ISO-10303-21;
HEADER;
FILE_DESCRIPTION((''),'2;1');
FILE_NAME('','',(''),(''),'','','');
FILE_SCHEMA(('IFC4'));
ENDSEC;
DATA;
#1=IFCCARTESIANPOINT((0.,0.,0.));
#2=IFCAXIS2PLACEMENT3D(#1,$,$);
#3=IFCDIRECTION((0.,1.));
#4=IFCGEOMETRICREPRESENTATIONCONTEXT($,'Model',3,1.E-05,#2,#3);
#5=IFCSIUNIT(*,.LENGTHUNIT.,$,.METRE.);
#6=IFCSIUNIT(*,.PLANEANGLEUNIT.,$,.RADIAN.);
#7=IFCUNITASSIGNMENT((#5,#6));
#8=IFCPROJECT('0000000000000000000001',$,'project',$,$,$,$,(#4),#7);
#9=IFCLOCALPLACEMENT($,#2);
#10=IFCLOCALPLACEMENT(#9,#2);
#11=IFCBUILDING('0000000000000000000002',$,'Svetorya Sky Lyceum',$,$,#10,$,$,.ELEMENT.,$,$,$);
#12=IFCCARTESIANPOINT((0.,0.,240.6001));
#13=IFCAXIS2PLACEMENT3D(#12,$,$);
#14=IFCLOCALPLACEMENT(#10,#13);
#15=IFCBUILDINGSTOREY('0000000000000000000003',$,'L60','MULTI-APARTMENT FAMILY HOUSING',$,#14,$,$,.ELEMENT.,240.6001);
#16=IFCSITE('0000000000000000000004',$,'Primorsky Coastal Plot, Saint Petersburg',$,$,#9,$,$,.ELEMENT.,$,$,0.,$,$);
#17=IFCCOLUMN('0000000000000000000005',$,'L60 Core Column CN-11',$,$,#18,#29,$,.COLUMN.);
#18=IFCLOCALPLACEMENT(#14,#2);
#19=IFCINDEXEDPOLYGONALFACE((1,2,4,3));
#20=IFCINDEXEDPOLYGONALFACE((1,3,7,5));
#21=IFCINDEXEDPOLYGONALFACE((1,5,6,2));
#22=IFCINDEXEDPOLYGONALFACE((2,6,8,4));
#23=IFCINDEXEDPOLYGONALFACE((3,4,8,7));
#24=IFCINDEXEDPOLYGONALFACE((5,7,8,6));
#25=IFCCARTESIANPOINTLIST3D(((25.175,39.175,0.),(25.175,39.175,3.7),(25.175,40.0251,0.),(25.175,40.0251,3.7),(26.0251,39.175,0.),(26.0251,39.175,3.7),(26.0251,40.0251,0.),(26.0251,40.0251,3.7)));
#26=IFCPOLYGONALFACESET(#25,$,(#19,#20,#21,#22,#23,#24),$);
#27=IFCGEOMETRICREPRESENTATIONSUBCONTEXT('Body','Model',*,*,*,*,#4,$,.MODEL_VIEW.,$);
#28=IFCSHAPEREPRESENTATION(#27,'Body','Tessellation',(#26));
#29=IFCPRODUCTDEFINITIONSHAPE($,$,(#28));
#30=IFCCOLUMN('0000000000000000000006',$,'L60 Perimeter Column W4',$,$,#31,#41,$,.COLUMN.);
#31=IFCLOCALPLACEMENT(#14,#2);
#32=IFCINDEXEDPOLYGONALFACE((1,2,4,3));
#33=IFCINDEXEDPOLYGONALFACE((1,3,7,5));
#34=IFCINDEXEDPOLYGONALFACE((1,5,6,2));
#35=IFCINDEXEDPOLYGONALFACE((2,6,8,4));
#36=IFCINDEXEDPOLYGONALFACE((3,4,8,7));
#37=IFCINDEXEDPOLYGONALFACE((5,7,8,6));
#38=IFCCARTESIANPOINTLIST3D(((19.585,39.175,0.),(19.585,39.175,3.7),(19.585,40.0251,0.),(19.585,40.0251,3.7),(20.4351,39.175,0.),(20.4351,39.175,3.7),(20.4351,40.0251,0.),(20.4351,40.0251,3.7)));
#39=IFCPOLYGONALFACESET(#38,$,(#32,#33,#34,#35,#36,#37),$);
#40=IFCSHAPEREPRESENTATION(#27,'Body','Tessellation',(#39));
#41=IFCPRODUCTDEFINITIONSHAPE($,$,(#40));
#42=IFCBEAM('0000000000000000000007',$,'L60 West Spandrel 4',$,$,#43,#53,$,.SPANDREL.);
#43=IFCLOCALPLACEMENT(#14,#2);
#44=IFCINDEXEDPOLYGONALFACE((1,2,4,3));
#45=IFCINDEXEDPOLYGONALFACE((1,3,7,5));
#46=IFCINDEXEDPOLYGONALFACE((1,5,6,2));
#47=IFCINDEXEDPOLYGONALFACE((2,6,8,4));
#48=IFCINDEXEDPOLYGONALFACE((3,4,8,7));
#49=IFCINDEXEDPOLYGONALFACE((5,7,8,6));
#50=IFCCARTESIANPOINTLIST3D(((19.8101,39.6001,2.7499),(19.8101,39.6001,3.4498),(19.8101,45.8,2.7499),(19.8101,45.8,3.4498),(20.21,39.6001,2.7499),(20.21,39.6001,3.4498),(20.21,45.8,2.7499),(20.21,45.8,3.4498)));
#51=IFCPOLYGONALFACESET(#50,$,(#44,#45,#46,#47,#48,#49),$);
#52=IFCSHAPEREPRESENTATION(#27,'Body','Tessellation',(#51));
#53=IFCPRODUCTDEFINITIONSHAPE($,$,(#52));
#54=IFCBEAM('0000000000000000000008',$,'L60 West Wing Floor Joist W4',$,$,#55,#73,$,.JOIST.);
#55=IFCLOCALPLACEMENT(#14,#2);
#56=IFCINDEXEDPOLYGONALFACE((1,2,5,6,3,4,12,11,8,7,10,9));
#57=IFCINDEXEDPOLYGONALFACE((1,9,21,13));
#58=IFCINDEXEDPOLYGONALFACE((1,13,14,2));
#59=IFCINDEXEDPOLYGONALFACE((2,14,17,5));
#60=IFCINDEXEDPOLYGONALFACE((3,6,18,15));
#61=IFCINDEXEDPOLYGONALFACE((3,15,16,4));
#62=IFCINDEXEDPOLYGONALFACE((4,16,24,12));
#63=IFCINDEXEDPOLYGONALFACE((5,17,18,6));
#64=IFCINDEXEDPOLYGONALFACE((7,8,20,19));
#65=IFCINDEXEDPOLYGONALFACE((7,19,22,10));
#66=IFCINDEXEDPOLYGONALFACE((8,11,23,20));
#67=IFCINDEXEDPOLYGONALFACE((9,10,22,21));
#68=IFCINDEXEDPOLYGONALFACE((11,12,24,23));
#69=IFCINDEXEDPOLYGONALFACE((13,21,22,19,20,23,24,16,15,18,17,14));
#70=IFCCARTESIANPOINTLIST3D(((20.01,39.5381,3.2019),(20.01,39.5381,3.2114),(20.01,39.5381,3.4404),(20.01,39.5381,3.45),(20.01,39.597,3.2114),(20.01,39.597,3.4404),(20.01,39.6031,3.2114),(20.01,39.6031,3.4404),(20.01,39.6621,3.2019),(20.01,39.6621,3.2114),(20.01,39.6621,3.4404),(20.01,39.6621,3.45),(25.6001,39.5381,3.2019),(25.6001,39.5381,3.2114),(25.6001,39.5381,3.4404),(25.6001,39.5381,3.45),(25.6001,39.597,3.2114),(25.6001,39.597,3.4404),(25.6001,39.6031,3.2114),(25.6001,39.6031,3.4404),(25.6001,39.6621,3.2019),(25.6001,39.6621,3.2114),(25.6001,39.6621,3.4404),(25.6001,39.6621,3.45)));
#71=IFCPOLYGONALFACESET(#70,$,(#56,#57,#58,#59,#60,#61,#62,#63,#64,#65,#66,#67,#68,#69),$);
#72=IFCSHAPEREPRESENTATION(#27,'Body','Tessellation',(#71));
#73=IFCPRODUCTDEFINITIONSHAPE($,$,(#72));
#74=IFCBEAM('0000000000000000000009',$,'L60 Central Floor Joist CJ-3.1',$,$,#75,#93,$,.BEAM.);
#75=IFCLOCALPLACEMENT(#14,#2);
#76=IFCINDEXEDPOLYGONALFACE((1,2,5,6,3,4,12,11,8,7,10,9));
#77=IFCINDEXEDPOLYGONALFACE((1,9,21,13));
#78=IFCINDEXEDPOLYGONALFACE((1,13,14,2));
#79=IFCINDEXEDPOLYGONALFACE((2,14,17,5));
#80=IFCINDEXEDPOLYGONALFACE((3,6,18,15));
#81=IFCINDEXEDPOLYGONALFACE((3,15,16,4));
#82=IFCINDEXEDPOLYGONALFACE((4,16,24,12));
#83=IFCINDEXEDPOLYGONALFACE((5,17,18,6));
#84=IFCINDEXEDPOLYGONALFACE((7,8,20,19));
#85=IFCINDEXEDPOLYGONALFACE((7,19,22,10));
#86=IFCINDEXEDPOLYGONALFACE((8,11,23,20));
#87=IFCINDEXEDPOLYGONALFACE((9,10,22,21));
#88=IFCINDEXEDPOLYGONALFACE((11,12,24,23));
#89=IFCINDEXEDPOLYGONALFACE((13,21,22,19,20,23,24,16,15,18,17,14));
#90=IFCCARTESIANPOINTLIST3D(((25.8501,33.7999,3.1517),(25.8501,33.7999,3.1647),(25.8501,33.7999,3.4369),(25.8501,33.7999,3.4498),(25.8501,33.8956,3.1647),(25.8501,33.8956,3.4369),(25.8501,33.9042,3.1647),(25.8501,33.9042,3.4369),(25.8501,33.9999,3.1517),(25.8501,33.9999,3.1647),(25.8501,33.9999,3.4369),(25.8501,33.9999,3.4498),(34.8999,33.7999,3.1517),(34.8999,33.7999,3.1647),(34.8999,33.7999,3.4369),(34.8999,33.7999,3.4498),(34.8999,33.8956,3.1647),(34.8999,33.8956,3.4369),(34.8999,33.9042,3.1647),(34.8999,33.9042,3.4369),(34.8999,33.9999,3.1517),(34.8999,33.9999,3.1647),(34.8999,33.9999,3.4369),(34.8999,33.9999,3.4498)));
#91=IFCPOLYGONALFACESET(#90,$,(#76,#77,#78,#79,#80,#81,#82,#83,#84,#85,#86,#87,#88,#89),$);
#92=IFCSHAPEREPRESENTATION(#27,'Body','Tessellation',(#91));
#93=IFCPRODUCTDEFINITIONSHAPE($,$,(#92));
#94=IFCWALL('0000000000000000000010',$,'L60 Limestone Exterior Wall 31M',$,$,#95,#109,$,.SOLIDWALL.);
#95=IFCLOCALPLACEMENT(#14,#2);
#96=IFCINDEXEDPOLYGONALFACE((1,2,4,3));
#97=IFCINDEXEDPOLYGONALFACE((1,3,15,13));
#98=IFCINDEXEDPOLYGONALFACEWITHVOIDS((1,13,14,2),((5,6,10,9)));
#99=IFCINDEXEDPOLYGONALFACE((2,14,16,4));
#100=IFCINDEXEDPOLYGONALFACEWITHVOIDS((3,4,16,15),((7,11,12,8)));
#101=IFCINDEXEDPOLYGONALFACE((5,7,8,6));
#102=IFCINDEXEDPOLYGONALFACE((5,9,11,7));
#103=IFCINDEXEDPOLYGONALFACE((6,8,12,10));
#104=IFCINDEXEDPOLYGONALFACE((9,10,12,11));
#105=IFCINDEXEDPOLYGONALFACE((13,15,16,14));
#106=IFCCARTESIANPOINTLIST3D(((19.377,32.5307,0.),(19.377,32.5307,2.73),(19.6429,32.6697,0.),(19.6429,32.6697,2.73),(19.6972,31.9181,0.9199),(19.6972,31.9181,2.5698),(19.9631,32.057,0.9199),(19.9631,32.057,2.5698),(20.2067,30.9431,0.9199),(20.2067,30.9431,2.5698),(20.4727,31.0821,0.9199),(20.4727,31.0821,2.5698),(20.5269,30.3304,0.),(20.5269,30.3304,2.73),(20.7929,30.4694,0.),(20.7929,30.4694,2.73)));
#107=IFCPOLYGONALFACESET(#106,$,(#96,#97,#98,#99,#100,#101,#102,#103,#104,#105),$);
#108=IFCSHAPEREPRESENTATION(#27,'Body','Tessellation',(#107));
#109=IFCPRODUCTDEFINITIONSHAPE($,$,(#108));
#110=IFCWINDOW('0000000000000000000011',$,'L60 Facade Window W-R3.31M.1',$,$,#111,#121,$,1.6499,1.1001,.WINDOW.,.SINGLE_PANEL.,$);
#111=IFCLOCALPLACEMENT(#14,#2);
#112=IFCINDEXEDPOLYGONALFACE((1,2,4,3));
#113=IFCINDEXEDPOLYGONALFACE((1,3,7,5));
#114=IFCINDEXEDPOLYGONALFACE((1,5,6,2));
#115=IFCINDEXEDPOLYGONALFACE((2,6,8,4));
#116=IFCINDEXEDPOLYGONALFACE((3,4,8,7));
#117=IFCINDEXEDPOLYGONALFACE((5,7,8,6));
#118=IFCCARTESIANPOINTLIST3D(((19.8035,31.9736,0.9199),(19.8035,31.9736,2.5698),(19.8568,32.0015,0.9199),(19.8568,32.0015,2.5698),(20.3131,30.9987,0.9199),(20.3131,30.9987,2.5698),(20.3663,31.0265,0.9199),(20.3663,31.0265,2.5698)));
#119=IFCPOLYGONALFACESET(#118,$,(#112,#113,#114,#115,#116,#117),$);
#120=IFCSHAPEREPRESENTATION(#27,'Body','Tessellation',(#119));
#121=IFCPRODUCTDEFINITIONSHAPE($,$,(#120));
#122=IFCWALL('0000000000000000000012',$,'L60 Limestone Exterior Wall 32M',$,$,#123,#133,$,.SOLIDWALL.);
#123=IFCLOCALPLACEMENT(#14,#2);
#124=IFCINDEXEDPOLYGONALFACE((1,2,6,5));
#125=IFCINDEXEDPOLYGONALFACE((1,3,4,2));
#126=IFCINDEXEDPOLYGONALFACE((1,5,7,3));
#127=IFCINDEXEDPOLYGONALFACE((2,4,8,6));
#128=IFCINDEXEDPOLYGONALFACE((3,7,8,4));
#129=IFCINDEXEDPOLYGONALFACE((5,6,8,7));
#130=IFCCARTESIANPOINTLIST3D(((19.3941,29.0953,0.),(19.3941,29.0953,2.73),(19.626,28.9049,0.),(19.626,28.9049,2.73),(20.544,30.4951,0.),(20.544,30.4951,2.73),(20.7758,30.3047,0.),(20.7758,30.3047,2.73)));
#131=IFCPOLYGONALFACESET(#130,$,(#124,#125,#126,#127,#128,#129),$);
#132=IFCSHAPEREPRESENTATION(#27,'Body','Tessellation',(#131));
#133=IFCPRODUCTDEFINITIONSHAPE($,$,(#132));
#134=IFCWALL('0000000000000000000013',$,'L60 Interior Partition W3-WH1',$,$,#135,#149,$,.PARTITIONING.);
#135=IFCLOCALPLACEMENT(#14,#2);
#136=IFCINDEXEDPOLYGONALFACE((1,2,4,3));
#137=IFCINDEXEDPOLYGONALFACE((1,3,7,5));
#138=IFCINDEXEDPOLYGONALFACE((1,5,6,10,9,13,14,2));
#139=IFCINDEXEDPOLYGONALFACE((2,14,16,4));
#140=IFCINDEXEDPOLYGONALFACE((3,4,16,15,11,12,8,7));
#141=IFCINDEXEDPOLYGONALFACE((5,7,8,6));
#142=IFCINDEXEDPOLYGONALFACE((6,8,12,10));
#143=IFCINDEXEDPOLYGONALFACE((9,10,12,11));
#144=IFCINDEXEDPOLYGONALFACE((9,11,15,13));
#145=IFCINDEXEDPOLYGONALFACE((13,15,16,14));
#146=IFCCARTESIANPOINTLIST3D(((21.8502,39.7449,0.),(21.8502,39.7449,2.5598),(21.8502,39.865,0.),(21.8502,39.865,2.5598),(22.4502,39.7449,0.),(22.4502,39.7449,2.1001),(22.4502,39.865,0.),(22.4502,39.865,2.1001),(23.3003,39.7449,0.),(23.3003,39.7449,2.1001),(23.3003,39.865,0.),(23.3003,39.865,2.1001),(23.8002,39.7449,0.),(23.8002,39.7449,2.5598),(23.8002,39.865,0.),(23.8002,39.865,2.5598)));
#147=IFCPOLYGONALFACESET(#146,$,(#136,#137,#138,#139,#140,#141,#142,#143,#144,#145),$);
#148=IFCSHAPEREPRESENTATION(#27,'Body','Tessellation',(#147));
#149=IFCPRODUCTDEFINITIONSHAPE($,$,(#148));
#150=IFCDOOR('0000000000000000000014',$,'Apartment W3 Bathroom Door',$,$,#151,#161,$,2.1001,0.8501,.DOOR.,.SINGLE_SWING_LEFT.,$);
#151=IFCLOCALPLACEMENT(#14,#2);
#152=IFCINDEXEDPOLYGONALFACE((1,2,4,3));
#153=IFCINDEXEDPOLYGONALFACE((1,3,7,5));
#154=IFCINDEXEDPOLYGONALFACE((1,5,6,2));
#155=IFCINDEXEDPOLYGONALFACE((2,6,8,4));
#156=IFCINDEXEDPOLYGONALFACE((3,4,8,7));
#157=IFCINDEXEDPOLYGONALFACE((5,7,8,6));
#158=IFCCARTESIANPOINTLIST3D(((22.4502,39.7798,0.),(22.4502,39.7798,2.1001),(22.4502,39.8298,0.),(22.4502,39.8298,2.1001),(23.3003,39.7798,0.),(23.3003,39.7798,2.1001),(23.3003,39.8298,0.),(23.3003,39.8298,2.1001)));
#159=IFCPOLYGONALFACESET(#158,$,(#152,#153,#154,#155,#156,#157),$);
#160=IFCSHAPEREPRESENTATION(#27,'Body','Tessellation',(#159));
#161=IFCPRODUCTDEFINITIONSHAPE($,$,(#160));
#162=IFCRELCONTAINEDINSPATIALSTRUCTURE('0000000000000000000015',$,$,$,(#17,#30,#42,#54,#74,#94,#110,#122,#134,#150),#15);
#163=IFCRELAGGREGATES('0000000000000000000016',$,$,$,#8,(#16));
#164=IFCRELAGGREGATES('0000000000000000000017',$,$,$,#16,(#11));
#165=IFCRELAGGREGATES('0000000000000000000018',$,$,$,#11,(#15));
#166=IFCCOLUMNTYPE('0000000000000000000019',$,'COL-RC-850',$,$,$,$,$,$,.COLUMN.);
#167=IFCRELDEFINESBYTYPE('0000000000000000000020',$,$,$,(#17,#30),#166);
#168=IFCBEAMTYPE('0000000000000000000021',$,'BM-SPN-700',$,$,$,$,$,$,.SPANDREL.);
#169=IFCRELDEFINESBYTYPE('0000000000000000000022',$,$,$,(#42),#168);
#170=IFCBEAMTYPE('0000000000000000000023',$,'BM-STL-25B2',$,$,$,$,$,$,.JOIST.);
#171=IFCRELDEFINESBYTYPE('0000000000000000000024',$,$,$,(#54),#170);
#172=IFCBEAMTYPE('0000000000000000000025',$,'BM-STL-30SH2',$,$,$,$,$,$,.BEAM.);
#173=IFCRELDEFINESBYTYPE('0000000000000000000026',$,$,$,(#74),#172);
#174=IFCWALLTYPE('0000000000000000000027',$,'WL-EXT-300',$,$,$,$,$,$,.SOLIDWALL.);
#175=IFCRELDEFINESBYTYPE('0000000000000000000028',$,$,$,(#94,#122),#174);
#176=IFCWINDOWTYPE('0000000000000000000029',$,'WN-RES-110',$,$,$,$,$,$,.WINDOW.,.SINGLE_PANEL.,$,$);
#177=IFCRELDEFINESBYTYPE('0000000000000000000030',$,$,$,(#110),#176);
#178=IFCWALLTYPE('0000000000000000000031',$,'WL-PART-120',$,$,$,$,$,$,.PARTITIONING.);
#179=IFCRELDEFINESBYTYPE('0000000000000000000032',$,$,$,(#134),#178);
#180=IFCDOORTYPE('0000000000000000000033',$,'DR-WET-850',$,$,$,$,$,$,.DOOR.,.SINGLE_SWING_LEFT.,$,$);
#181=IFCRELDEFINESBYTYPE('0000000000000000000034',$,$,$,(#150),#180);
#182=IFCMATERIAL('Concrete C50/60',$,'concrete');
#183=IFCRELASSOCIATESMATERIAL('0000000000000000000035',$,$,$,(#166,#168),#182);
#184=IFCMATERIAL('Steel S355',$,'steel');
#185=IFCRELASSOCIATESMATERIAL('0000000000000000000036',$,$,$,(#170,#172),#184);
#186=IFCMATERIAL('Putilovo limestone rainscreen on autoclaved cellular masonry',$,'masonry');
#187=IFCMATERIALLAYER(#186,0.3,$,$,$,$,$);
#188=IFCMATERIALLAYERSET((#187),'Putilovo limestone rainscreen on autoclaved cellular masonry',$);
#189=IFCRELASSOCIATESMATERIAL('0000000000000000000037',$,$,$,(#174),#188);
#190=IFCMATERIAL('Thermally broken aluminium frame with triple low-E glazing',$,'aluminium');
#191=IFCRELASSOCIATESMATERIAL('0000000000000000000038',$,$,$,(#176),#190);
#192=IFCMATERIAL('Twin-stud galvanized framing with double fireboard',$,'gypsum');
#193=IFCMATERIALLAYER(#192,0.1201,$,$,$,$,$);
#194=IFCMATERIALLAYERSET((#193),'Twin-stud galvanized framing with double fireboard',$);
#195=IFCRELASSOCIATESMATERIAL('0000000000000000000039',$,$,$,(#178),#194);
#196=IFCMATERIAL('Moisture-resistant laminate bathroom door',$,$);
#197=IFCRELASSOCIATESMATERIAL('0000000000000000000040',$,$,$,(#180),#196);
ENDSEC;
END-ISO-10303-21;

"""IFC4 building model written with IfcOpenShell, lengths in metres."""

from ifc_helpers import new_model, si_unit, direction, frame, frame_2d, origin, origin_2d, place, context, subcontext, project, spatial, rectangle, i_section, extrude, material, layer, layer_set, material_profile, profile_set, type_object, element, fill, save


model = new_model("IFC4")

# Units and contexts
model_context = context("Model", 3, precision=1e-05, world=origin(), true_north=direction((0.0, 1.0)))
body_context = subcontext(model_context, "Body", "Model", "MODEL_VIEW")
ifc_project = project(units=[si_unit("LENGTHUNIT", "METRE"), si_unit("PLANEANGLEUNIT", "RADIAN")], contexts=[model_context])

# Site, building, storey
site_placement = place(None, origin())
site = spatial("IfcSite", under=ifc_project, at=site_placement, Name="Primorsky Coastal Plot, Saint Petersburg", CompositionType="ELEMENT", RefElevation=0.0)
building_placement = place(site_placement, origin())
building = spatial("IfcBuilding", under=site, at=building_placement, Name="Svetorya Sky Lyceum", CompositionType="ELEMENT")
storey_placement = place(building_placement, frame((0.0, 0.0, 240.6001)))
storey = spatial("IfcBuildingStorey", under=building, at=storey_placement, Name="L60", Description="MULTI-APARTMENT FAMILY HOUSING", CompositionType="ELEMENT", Elevation=240.6001)

# Columns
ifc_material_1 = material(Name="Concrete C50/60", Category="concrete")
ifc_material_profile_1 = material_profile(ifc_material_1, rectangle(XDim=0.8501, YDim=0.8501, at=origin_2d()), Name="RC COL 850x850")
ifc_profile_set_1 = profile_set([ifc_material_profile_1], Name="Concrete C50/60")
column_type = type_object("IfcColumnType", Name="COL-RC-850", PredefinedType="COLUMN", material=ifc_profile_set_1)
for number, where, z_axis, x_axis, name in (
    (1, (25.6001, 39.6001, 0.0), (0.0, 0.0, 1.0), (1.0, 0.0, 0.0), "L60 Core Column CN-11"),
    (2, (20.01, 39.6001, 0.0), (0.0, 0.0, 1.0), (1.0, 0.0, 0.0), "L60 Perimeter Column W4"),
):
    element("IfcColumn", number, at=place(storey_placement, frame(where, z_axis=z_axis, x_axis=x_axis)), inside=storey, type_object=column_type, Name=name, PredefinedType="COLUMN", context=body_context, shape_type="SweptSolid", body=[
        extrude(rectangle(XDim=0.8501, YDim=0.8501, at=origin_2d()), origin(), (0.0, 0.0, 1.0), 3.7),
    ])

# Beams
ifc_material_profile_2 = material_profile(ifc_material_1, rectangle(XDim=0.3999, YDim=0.7, at=origin_2d()), Name="RC SPANDREL 400x700")
ifc_profile_set_2 = profile_set([ifc_material_profile_2], Name="Concrete C50/60")
beam_type_1 = type_object("IfcBeamType", Name="BM-SPN-700", PredefinedType="SPANDREL", material=ifc_profile_set_2)
beam_1_placement = place(storey_placement, frame((20.01, 39.6001, 3.0999), z_axis=(0.0, 1.0, 0.0), x_axis=(-1.0, 0.0, 0.0)))
element("IfcBeam", 3, at=beam_1_placement, inside=storey, type_object=beam_type_1, Name="L60 West Spandrel 4", PredefinedType="SPANDREL", context=body_context, shape_type="SweptSolid", body=[
    extrude(rectangle(XDim=0.3999, YDim=0.7, at=origin_2d()), origin(), (0.0, 0.0, 1.0), 6.2),
])
ifc_material_2 = material(Name="Steel S355", Category="steel")
ifc_material_profile_3 = material_profile(ifc_material_2, i_section(OverallWidth=0.124, OverallDepth=0.248, WebThickness=0.0061, FlangeThickness=0.0095, at=origin_2d()), Name="GOST 25B2")
ifc_profile_set_3 = profile_set([ifc_material_profile_3], Name="Steel S355")
beam_type_2 = type_object("IfcBeamType", Name="BM-STL-25B2", PredefinedType="JOIST", material=ifc_profile_set_3)
beam_2_placement = place(storey_placement, frame((20.01, 39.6001, 3.3259), z_axis=(1.0, 0.0, 0.0), x_axis=(0.0, 1.0, 0.0)))
element("IfcBeam", 4, at=beam_2_placement, inside=storey, type_object=beam_type_2, Name="L60 West Wing Floor Joist W4", PredefinedType="JOIST", context=body_context, shape_type="SweptSolid", body=[
    extrude(i_section(OverallWidth=0.124, OverallDepth=0.248, WebThickness=0.0061, FlangeThickness=0.0095, at=origin_2d()), origin(), (0.0, 0.0, 1.0), 5.5901),
])
ifc_material_profile_4 = material_profile(ifc_material_2, i_section(OverallWidth=0.2, OverallDepth=0.2981, WebThickness=0.0085, FlangeThickness=0.0129, at=origin_2d()), Name="GOST 30Sh2")
ifc_profile_set_4 = profile_set([ifc_material_profile_4], Name="Steel S355")
beam_type_3 = type_object("IfcBeamType", Name="BM-STL-30SH2", PredefinedType="BEAM", material=ifc_profile_set_4)
beam_3_placement = place(storey_placement, frame((25.8501, 33.8999, 3.3008), z_axis=(1.0, 0.0, 0.0), x_axis=(0.0, 1.0, 0.0)))
element("IfcBeam", 5, at=beam_3_placement, inside=storey, type_object=beam_type_3, Name="L60 Central Floor Joist CJ-3.1", PredefinedType="BEAM", context=body_context, shape_type="SweptSolid", body=[
    extrude(i_section(OverallWidth=0.2, OverallDepth=0.2981, WebThickness=0.0085, FlangeThickness=0.0129, at=origin_2d()), origin(), (0.0, 0.0, 1.0), 9.0498),
])

# Wall, opening, window
ifc_material_3 = material(Name="Putilovo limestone rainscreen on autoclaved cellular masonry", Category="masonry")
ifc_layer_1 = layer(ifc_material_3, 0.3)
ifc_layer_set_1 = layer_set([ifc_layer_1], Name="Putilovo limestone rainscreen on autoclaved cellular masonry")
wall_type_1 = type_object("IfcWallType", Name="WL-EXT-300", PredefinedType="SOLIDWALL", material=ifc_layer_set_1)
wall_1_placement = place(storey_placement, frame((19.51, 32.6001, 0.0), z_axis=(0.0, 0.0, 1.0), x_axis=(0.463191, -0.886258, 0.0)))
wall_1 = element("IfcWall", 6, at=wall_1_placement, inside=storey, type_object=wall_type_1, Name="L60 Limestone Exterior Wall 31M", PredefinedType="SOLIDWALL", context=body_context, shape_type="SweptSolid", body=[
    extrude(rectangle(XDim=2.4827, YDim=0.3, at=frame_2d((1.2412, 0.0))), origin(), (0.0, 0.0, 1.0), 2.73),
])
opening_1_placement = place(wall_1_placement, frame((0.6912, 0.0, 0.9199)))
opening_1 = element("IfcOpeningElement", 7, at=opening_1_placement, cuts=wall_1, PredefinedType="OPENING", context=body_context, shape_type="SweptSolid", body=[
    extrude(rectangle(XDim=1.1001, YDim=1.6499, at=frame_2d((0.55, 0.825))), frame((0.0, 0.1599, 0.0), z_axis=(0.0, -1.0, 0.0), x_axis=(1.0, 0.0, 0.0)), (0.0, 0.0, 1.0), 0.3201),
])
ifc_material_4 = material(Name="Thermally broken aluminium frame with triple low-E glazing", Category="aluminium")
window_type = type_object("IfcWindowType", Name="WN-RES-110", PartitioningType="SINGLE_PANEL", PredefinedType="WINDOW", material=ifc_material_4)
window_placement = place(opening_1_placement, origin())
window = element("IfcWindow", 8, at=window_placement, inside=storey, type_object=window_type, Name="L60 Facade Window W-R3.31M.1", OverallHeight=1.6499, OverallWidth=1.1001, PartitioningType="SINGLE_PANEL", PredefinedType="WINDOW", context=body_context, shape_type="SweptSolid", body=[
    extrude(rectangle(XDim=1.1001, YDim=1.6499, at=frame_2d((0.55, 0.825))), frame((0.0, 0.03, 0.0), z_axis=(0.0, -1.0, 0.0), x_axis=(1.0, 0.0, 0.0)), (0.0, 0.0, 1.0), 0.0601),
])
fill(opening_1, window)

# Wall
wall_2_placement = place(storey_placement, frame((20.6599, 30.3999, 0.0), z_axis=(0.0, 0.0, 1.0), x_axis=(-0.634734, -0.772731, 0.0)))
element("IfcWall", 9, at=wall_2_placement, inside=storey, type_object=wall_type_1, Name="L60 Limestone Exterior Wall 32M", PredefinedType="SOLIDWALL", context=body_context, shape_type="SweptSolid", body=[
    extrude(rectangle(XDim=1.8115, YDim=0.3, at=frame_2d((0.9058, 0.0))), origin(), (0.0, 0.0, 1.0), 2.73),
])

# Wall, opening, door
ifc_material_5 = material(Name="Twin-stud galvanized framing with double fireboard", Category="gypsum")
ifc_layer_2 = layer(ifc_material_5, 0.1201)
ifc_layer_set_2 = layer_set([ifc_layer_2], Name="Twin-stud galvanized framing with double fireboard")
wall_type_2 = type_object("IfcWallType", Name="WL-PART-120", PredefinedType="PARTITIONING", material=ifc_layer_set_2)
wall_3_placement = place(storey_placement, frame((21.8501, 39.8049, 0.0), z_axis=(0.0, 0.0, 1.0), x_axis=(1.0, 0.0, 0.0)))
wall_3 = element("IfcWall", 10, at=wall_3_placement, inside=storey, type_object=wall_type_2, Name="L60 Interior Partition W3-WH1", PredefinedType="PARTITIONING", context=body_context, shape_type="SweptSolid", body=[
    extrude(rectangle(XDim=1.95, YDim=0.1201, at=frame_2d((0.9751, 0.0))), origin(), (0.0, 0.0, 1.0), 2.5598),
])
opening_2_placement = place(wall_3_placement, frame((0.6001, 0.0, 0.0)))
opening_2 = element("IfcOpeningElement", 11, at=opening_2_placement, cuts=wall_3, PredefinedType="OPENING", context=body_context, shape_type="SweptSolid", body=[
    extrude(rectangle(XDim=0.8501, YDim=2.1001, at=frame_2d((0.425, 1.05))), frame((0.0, 0.0701, 0.0), z_axis=(0.0, -1.0, 0.0), x_axis=(1.0, 0.0, 0.0)), (0.0, 0.0, 1.0), 0.1401),
])
ifc_material_6 = material(Name="Moisture-resistant laminate bathroom door")
door_type_1 = type_object("IfcDoorType", Name="DR-WET-850", OperationType="SINGLE_SWING_LEFT", PredefinedType="DOOR", material=ifc_material_6)
door_1_placement = place(opening_2_placement, origin())
door_1 = element("IfcDoor", 12, at=door_1_placement, inside=storey, type_object=door_type_1, Name="Apartment W3 Bathroom Door", OperationType="SINGLE_SWING_LEFT", OverallHeight=2.1001, OverallWidth=0.8501, PredefinedType="DOOR", context=body_context, shape_type="SweptSolid", body=[
    extrude(rectangle(XDim=0.8501, YDim=2.1001, at=frame_2d((0.425, 1.05))), frame((0.0, 0.0249, 0.0), z_axis=(0.0, -1.0, 0.0), x_axis=(1.0, 0.0, 0.0)), (0.0, 0.0, 1.0), 0.05),
])
fill(opening_2, door_1)

save(model, "model.ifc")
